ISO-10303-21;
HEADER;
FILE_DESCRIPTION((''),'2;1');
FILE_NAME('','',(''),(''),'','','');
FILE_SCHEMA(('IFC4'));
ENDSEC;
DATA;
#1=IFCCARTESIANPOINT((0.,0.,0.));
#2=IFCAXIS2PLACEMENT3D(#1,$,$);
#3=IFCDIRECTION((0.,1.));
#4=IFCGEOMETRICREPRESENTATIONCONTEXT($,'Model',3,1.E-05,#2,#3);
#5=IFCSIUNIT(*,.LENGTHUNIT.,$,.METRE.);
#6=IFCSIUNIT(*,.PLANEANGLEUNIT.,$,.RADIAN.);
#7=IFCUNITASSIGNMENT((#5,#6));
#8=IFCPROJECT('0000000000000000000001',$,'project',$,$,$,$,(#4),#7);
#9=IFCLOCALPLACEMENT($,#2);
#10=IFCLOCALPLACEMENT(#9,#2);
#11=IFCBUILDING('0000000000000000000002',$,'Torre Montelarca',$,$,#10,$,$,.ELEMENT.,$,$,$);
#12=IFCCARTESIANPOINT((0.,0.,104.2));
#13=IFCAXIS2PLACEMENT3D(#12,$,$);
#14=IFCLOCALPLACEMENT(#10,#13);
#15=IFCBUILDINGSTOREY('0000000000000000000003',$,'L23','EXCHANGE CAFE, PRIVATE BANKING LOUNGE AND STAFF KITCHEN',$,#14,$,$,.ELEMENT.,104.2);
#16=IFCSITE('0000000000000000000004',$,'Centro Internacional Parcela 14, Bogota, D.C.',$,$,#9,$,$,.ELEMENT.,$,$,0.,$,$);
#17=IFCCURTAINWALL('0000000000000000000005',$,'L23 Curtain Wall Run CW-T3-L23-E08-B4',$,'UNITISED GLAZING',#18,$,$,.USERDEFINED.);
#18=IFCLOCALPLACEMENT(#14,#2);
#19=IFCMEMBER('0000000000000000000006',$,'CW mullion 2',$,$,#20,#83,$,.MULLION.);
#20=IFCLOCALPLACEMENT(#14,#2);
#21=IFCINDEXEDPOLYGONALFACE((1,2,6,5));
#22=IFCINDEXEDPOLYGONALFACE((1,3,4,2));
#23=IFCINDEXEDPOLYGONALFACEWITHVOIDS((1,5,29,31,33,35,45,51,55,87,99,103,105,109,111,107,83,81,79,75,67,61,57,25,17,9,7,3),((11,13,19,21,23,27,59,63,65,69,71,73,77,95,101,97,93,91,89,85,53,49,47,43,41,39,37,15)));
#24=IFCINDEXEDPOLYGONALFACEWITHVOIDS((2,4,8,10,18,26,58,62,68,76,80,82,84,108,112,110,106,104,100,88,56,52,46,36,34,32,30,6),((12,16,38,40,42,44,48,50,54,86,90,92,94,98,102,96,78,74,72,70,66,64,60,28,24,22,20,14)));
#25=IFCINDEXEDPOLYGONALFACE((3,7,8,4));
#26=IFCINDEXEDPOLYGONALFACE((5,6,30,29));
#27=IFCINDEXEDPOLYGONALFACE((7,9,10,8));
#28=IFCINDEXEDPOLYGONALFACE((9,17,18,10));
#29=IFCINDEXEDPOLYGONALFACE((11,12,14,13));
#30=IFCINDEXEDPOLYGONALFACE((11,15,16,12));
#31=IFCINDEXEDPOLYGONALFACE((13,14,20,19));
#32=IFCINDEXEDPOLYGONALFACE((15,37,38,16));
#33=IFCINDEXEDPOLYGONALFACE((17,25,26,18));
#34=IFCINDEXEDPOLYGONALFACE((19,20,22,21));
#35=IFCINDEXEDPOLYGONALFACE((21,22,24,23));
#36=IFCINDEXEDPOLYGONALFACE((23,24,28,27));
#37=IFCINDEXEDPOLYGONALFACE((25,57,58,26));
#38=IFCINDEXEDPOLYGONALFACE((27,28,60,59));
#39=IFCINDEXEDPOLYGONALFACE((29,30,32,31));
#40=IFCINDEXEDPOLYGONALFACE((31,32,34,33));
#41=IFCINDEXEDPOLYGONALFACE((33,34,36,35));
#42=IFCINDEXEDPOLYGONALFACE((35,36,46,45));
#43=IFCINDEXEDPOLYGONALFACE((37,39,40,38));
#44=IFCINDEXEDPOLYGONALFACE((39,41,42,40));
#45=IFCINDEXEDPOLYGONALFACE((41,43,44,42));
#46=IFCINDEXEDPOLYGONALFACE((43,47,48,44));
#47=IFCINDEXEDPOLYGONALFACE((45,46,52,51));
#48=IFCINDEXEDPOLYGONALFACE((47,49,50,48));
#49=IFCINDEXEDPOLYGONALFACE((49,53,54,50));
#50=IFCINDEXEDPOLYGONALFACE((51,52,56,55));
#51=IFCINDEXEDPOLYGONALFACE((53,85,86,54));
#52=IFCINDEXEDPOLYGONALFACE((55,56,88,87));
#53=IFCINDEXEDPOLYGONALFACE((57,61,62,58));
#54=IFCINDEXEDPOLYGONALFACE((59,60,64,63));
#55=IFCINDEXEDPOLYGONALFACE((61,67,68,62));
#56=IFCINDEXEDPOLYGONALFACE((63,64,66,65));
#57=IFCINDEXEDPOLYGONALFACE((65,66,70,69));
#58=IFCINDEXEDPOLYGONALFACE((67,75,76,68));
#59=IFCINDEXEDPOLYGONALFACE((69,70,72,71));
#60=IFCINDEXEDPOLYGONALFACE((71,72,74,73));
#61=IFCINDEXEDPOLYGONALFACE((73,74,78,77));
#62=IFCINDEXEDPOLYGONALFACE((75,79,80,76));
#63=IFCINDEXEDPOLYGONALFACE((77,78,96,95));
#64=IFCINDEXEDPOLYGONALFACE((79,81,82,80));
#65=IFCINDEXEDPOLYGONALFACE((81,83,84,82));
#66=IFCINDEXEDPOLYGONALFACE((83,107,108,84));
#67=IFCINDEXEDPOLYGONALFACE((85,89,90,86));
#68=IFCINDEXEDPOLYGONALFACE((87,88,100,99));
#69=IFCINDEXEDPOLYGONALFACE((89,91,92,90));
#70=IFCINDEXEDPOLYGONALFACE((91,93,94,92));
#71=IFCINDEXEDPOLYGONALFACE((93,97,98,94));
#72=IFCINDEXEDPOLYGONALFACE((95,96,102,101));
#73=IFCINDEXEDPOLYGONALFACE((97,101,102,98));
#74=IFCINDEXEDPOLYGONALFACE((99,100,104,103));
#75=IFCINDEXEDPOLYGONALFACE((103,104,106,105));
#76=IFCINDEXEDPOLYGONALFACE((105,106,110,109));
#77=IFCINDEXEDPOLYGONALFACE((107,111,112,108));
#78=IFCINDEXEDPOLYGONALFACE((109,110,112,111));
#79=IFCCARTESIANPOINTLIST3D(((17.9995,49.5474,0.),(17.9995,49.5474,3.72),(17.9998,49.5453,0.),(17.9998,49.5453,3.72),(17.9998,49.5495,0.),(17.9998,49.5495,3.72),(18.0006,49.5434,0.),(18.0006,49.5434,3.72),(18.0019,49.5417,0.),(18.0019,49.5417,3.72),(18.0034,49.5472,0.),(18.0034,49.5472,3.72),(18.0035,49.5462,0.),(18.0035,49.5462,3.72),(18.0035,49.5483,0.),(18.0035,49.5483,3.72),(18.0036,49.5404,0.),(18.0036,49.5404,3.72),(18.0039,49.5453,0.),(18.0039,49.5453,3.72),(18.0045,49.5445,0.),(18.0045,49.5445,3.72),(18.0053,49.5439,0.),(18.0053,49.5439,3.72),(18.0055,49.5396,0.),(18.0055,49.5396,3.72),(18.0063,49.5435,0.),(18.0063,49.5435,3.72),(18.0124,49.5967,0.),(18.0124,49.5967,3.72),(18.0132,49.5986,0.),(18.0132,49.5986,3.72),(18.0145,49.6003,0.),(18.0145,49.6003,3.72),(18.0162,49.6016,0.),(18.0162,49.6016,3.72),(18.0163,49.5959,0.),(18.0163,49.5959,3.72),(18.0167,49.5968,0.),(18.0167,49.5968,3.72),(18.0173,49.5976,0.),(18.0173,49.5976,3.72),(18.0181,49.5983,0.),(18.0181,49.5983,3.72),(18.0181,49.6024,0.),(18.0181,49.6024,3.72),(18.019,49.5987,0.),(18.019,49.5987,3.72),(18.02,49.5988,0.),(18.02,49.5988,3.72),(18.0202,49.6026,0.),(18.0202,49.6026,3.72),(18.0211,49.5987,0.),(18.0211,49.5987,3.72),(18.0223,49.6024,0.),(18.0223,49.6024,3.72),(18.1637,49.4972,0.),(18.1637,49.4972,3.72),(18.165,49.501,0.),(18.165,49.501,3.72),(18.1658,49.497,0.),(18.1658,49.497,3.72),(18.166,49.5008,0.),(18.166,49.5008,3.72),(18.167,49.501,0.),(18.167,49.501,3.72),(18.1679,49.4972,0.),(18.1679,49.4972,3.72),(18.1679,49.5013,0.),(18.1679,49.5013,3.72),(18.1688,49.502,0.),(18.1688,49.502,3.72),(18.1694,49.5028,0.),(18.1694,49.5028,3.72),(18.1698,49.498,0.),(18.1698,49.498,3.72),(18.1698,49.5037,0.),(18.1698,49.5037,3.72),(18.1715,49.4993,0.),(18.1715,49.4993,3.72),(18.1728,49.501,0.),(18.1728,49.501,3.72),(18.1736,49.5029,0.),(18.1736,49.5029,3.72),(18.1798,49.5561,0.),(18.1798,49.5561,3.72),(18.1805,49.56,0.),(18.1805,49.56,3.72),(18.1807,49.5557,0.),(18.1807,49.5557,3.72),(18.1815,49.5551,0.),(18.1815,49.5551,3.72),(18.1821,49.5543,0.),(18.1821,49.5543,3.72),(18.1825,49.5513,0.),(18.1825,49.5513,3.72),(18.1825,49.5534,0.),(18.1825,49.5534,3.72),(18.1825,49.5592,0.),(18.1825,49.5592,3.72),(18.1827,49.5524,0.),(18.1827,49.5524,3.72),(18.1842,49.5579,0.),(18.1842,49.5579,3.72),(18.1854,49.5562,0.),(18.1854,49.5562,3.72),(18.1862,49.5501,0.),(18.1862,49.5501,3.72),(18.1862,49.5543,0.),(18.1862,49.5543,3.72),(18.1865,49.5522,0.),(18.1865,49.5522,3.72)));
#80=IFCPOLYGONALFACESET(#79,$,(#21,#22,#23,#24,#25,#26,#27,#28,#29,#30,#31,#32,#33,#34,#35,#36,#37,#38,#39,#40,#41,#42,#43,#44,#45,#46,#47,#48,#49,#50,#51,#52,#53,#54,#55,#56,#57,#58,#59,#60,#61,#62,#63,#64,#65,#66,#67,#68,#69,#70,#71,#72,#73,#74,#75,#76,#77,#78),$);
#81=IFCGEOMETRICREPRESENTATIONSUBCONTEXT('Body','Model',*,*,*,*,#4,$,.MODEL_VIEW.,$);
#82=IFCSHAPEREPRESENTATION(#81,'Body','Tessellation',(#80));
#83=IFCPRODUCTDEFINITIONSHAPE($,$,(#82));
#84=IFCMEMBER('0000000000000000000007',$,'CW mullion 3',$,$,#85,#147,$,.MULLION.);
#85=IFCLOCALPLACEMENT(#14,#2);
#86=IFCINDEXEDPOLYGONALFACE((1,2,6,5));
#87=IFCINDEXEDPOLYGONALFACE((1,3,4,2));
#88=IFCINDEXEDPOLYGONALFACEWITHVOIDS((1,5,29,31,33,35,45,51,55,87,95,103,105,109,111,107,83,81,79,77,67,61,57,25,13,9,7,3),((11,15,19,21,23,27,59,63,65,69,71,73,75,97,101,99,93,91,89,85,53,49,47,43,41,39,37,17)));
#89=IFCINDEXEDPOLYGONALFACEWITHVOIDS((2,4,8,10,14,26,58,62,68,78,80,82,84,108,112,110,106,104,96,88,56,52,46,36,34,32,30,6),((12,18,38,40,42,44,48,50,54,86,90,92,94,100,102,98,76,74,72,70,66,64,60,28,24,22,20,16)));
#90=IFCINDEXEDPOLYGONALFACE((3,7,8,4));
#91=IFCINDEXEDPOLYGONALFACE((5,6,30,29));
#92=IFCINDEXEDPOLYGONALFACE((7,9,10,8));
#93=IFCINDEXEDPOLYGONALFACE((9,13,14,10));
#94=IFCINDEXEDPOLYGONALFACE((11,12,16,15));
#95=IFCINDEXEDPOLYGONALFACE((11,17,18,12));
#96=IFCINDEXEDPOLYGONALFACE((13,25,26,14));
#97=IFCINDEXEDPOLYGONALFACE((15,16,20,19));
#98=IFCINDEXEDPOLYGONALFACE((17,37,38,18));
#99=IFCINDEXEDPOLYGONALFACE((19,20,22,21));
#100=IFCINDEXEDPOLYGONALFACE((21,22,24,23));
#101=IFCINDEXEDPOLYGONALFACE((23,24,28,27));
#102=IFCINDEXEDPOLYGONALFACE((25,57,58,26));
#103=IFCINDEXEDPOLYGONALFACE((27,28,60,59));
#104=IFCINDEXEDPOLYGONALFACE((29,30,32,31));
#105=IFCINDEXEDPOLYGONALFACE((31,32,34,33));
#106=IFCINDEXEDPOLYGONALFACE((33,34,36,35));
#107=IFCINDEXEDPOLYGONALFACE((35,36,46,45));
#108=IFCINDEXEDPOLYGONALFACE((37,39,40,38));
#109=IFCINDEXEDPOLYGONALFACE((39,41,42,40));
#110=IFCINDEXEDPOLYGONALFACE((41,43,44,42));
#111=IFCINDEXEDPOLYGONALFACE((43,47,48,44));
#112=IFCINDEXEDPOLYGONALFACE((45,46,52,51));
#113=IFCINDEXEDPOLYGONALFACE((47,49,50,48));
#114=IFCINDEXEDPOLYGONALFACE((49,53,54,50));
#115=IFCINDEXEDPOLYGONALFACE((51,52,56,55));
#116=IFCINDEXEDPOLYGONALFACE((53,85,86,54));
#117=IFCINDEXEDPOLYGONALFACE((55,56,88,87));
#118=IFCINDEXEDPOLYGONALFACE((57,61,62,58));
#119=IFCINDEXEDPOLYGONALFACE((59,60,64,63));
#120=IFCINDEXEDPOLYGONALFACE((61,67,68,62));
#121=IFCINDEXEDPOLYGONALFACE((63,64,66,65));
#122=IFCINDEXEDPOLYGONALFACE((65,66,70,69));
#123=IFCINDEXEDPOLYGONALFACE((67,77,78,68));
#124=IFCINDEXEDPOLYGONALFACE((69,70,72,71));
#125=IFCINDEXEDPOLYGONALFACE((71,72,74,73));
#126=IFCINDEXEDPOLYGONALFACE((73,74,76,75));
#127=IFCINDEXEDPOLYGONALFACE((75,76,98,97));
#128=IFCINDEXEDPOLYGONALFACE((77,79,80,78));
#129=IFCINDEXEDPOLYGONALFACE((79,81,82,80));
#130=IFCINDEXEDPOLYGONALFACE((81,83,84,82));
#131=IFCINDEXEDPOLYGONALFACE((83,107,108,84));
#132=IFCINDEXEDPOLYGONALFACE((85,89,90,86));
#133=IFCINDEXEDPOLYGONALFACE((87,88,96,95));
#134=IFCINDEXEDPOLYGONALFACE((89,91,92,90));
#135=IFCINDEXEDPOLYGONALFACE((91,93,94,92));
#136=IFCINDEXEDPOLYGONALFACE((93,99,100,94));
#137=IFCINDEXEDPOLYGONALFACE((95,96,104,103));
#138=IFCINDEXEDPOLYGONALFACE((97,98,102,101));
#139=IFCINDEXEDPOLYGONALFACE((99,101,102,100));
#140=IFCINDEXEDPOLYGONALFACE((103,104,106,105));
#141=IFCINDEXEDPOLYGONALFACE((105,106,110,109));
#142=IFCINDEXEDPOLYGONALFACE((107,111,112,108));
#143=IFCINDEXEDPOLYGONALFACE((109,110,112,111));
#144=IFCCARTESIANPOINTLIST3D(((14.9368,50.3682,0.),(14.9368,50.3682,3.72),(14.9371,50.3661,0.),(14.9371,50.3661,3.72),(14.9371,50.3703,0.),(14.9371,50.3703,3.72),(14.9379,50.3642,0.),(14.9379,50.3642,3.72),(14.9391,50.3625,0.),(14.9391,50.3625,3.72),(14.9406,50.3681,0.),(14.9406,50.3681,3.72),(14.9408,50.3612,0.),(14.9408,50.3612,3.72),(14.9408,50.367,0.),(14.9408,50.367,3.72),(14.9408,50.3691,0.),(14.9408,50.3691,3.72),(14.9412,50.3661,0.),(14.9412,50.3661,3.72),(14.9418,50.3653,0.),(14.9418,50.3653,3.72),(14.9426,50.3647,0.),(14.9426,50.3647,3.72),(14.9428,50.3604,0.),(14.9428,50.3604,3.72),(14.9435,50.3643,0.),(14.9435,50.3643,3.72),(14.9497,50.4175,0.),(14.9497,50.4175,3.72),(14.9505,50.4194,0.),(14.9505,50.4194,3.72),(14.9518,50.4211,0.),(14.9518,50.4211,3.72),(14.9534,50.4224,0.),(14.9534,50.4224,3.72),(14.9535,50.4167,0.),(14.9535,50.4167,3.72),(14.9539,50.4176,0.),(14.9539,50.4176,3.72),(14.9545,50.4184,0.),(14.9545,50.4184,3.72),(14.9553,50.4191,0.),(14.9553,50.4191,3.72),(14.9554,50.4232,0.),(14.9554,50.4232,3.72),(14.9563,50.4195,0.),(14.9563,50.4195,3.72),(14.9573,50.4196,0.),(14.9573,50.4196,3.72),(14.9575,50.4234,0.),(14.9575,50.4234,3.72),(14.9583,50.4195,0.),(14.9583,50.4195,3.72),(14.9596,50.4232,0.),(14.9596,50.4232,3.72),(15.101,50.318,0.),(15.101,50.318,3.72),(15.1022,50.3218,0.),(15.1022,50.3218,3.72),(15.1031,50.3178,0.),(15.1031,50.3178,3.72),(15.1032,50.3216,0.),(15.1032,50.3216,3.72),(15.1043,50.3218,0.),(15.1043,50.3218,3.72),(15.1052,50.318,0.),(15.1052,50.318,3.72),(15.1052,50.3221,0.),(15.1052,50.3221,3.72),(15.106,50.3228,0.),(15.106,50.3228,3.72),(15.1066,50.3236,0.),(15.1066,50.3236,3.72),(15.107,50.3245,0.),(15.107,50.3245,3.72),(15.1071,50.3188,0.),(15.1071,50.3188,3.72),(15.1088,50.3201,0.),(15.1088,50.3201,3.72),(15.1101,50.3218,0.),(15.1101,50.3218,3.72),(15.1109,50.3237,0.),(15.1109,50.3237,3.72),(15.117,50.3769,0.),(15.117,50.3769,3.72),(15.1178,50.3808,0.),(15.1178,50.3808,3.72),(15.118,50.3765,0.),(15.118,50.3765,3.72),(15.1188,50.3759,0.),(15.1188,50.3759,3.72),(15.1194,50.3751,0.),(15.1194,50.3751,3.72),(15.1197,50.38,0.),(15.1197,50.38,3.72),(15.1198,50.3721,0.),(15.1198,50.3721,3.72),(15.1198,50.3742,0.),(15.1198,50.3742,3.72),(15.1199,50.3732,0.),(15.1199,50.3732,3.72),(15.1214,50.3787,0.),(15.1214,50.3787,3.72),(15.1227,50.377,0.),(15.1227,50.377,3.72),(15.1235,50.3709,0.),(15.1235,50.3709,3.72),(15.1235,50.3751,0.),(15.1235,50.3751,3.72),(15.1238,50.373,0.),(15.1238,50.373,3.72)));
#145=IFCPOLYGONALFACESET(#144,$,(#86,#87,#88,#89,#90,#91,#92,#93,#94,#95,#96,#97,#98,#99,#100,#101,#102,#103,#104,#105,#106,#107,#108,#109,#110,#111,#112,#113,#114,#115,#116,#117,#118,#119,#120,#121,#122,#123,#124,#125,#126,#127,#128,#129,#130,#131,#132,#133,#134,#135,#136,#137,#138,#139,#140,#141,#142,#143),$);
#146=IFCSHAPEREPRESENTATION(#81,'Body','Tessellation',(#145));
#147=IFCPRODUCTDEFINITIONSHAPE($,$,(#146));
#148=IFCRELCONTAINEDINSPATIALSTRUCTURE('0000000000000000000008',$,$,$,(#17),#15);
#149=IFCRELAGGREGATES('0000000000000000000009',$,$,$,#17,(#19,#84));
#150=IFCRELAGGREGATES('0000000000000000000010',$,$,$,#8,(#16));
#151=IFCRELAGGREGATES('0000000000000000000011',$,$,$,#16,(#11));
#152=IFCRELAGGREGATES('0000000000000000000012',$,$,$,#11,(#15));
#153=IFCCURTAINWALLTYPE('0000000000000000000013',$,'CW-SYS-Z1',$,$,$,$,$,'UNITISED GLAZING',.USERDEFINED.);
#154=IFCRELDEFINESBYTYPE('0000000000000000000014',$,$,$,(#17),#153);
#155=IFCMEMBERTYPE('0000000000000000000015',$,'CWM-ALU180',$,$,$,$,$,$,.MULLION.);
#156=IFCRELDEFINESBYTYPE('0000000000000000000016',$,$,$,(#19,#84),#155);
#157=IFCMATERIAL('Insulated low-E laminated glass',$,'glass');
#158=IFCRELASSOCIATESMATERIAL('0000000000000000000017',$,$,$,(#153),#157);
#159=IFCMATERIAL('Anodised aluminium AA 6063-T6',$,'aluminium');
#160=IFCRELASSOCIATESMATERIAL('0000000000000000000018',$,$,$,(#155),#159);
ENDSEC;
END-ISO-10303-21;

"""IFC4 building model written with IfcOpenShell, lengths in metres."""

from ifc_helpers import new_model, si_unit, direction, frame, origin, origin_2d, place, context, subcontext, project, spatial, hollow_rectangle, extrude, source, transform, mapped, material, material_profile, profile_set, type_object, element, aggregate, save


model = new_model("IFC4")

# Units and contexts
model_context = context("Model", 3, precision=1e-05, world=origin(), true_north=direction((0.0, 1.0)))
body_context = subcontext(model_context, "Body", "Model", "MODEL_VIEW")
ifc_project = project(units=[si_unit("LENGTHUNIT", "METRE"), si_unit("PLANEANGLEUNIT", "RADIAN")], contexts=[model_context])

# Site, building, storey
site_placement = place(None, origin())
site = spatial("IfcSite", under=ifc_project, at=site_placement, Name="Centro Internacional Parcela 14, Bogota, D.C.", CompositionType="ELEMENT", RefElevation=0.0)
building_placement = place(site_placement, origin())
building = spatial("IfcBuilding", under=site, at=building_placement, Name="Torre Montelarca", CompositionType="ELEMENT")
storey_placement = place(building_placement, frame((0.0, 0.0, 104.2)))
storey = spatial("IfcBuildingStorey", under=building, at=storey_placement, Name="L23", Description="EXCHANGE CAFE, PRIVATE BANKING LOUNGE AND STAFF KITCHEN", CompositionType="ELEMENT", Elevation=104.2)

# Curtain wall
ifc_material_1 = material(Name="Insulated low-E laminated glass", Category="glass")
curtain_wall_type = type_object("IfcCurtainWallType", Name="CW-SYS-Z1", ElementType="UNITISED GLAZING", PredefinedType="USERDEFINED", material=ifc_material_1)
ifc_material_2 = material(Name="Anodised aluminium AA 6063-T6", Category="aluminium")
curtain_wall_1_placement = place(storey_placement, origin())
curtain_wall_1 = element("IfcCurtainWall", 1, at=curtain_wall_1_placement, inside=storey, type_object=curtain_wall_type, Name="L23 Curtain Wall Run CW-T3-L23-E08-B4", ObjectType="UNITISED GLAZING", PredefinedType="USERDEFINED")

# Members
ifc_material_profile_1 = material_profile(ifc_material_2, hollow_rectangle(XDim=0.0649, YDim=0.1799, WallThickness=0.0039, InnerFilletRadius=0.0039, OuterFilletRadius=0.0081, at=origin_2d()), Name="ALU65X180X4", Category="aluminium")
ifc_profile_set_1 = profile_set([ifc_material_profile_1], Name="Anodised aluminium AA 6063-T6")
member_type_1 = type_object("IfcMemberType", Name="CWM-ALU180", PredefinedType="MULLION", material=ifc_profile_set_1)
shared_shape_1 = source(origin(), body_context, "Body", "SweptSolid", [
    extrude(hollow_rectangle(XDim=0.0649, YDim=0.1799, WallThickness=0.0039, InnerFilletRadius=0.0039, OuterFilletRadius=0.0081, at=origin_2d()), origin(), (0.0, 0.0, 1.0), 3.72),
])
member_1_placement = place(storey_placement, frame((18.093, 49.5498, 0.0), z_axis=(0.0, 0.0, 1.0), x_axis=(-0.258816, -0.965927, 0.0)))
member_1 = element("IfcMember", 2, at=member_1_placement, type_object=member_type_1, Name="CW mullion 2", PredefinedType="MULLION", context=body_context, shape_type="MappedRepresentation", body=[
    mapped(shared_shape_1, transform((0.0, 0.0, 0.0), scale=1.0)),
])
member_2_placement = place(storey_placement, frame((15.0303, 50.3706, 0.0), z_axis=(0.0, 0.0, 1.0), x_axis=(-0.258816, -0.965927, 0.0)))
member_2 = element("IfcMember", 3, at=member_2_placement, type_object=member_type_1, Name="CW mullion 3", PredefinedType="MULLION", context=body_context, shape_type="MappedRepresentation", body=[
    mapped(shared_shape_1, transform((0.0, 0.0, 0.0), scale=1.0)),
])

aggregate(curtain_wall_1, [member_1, member_2])

save(model, "model.ifc")
